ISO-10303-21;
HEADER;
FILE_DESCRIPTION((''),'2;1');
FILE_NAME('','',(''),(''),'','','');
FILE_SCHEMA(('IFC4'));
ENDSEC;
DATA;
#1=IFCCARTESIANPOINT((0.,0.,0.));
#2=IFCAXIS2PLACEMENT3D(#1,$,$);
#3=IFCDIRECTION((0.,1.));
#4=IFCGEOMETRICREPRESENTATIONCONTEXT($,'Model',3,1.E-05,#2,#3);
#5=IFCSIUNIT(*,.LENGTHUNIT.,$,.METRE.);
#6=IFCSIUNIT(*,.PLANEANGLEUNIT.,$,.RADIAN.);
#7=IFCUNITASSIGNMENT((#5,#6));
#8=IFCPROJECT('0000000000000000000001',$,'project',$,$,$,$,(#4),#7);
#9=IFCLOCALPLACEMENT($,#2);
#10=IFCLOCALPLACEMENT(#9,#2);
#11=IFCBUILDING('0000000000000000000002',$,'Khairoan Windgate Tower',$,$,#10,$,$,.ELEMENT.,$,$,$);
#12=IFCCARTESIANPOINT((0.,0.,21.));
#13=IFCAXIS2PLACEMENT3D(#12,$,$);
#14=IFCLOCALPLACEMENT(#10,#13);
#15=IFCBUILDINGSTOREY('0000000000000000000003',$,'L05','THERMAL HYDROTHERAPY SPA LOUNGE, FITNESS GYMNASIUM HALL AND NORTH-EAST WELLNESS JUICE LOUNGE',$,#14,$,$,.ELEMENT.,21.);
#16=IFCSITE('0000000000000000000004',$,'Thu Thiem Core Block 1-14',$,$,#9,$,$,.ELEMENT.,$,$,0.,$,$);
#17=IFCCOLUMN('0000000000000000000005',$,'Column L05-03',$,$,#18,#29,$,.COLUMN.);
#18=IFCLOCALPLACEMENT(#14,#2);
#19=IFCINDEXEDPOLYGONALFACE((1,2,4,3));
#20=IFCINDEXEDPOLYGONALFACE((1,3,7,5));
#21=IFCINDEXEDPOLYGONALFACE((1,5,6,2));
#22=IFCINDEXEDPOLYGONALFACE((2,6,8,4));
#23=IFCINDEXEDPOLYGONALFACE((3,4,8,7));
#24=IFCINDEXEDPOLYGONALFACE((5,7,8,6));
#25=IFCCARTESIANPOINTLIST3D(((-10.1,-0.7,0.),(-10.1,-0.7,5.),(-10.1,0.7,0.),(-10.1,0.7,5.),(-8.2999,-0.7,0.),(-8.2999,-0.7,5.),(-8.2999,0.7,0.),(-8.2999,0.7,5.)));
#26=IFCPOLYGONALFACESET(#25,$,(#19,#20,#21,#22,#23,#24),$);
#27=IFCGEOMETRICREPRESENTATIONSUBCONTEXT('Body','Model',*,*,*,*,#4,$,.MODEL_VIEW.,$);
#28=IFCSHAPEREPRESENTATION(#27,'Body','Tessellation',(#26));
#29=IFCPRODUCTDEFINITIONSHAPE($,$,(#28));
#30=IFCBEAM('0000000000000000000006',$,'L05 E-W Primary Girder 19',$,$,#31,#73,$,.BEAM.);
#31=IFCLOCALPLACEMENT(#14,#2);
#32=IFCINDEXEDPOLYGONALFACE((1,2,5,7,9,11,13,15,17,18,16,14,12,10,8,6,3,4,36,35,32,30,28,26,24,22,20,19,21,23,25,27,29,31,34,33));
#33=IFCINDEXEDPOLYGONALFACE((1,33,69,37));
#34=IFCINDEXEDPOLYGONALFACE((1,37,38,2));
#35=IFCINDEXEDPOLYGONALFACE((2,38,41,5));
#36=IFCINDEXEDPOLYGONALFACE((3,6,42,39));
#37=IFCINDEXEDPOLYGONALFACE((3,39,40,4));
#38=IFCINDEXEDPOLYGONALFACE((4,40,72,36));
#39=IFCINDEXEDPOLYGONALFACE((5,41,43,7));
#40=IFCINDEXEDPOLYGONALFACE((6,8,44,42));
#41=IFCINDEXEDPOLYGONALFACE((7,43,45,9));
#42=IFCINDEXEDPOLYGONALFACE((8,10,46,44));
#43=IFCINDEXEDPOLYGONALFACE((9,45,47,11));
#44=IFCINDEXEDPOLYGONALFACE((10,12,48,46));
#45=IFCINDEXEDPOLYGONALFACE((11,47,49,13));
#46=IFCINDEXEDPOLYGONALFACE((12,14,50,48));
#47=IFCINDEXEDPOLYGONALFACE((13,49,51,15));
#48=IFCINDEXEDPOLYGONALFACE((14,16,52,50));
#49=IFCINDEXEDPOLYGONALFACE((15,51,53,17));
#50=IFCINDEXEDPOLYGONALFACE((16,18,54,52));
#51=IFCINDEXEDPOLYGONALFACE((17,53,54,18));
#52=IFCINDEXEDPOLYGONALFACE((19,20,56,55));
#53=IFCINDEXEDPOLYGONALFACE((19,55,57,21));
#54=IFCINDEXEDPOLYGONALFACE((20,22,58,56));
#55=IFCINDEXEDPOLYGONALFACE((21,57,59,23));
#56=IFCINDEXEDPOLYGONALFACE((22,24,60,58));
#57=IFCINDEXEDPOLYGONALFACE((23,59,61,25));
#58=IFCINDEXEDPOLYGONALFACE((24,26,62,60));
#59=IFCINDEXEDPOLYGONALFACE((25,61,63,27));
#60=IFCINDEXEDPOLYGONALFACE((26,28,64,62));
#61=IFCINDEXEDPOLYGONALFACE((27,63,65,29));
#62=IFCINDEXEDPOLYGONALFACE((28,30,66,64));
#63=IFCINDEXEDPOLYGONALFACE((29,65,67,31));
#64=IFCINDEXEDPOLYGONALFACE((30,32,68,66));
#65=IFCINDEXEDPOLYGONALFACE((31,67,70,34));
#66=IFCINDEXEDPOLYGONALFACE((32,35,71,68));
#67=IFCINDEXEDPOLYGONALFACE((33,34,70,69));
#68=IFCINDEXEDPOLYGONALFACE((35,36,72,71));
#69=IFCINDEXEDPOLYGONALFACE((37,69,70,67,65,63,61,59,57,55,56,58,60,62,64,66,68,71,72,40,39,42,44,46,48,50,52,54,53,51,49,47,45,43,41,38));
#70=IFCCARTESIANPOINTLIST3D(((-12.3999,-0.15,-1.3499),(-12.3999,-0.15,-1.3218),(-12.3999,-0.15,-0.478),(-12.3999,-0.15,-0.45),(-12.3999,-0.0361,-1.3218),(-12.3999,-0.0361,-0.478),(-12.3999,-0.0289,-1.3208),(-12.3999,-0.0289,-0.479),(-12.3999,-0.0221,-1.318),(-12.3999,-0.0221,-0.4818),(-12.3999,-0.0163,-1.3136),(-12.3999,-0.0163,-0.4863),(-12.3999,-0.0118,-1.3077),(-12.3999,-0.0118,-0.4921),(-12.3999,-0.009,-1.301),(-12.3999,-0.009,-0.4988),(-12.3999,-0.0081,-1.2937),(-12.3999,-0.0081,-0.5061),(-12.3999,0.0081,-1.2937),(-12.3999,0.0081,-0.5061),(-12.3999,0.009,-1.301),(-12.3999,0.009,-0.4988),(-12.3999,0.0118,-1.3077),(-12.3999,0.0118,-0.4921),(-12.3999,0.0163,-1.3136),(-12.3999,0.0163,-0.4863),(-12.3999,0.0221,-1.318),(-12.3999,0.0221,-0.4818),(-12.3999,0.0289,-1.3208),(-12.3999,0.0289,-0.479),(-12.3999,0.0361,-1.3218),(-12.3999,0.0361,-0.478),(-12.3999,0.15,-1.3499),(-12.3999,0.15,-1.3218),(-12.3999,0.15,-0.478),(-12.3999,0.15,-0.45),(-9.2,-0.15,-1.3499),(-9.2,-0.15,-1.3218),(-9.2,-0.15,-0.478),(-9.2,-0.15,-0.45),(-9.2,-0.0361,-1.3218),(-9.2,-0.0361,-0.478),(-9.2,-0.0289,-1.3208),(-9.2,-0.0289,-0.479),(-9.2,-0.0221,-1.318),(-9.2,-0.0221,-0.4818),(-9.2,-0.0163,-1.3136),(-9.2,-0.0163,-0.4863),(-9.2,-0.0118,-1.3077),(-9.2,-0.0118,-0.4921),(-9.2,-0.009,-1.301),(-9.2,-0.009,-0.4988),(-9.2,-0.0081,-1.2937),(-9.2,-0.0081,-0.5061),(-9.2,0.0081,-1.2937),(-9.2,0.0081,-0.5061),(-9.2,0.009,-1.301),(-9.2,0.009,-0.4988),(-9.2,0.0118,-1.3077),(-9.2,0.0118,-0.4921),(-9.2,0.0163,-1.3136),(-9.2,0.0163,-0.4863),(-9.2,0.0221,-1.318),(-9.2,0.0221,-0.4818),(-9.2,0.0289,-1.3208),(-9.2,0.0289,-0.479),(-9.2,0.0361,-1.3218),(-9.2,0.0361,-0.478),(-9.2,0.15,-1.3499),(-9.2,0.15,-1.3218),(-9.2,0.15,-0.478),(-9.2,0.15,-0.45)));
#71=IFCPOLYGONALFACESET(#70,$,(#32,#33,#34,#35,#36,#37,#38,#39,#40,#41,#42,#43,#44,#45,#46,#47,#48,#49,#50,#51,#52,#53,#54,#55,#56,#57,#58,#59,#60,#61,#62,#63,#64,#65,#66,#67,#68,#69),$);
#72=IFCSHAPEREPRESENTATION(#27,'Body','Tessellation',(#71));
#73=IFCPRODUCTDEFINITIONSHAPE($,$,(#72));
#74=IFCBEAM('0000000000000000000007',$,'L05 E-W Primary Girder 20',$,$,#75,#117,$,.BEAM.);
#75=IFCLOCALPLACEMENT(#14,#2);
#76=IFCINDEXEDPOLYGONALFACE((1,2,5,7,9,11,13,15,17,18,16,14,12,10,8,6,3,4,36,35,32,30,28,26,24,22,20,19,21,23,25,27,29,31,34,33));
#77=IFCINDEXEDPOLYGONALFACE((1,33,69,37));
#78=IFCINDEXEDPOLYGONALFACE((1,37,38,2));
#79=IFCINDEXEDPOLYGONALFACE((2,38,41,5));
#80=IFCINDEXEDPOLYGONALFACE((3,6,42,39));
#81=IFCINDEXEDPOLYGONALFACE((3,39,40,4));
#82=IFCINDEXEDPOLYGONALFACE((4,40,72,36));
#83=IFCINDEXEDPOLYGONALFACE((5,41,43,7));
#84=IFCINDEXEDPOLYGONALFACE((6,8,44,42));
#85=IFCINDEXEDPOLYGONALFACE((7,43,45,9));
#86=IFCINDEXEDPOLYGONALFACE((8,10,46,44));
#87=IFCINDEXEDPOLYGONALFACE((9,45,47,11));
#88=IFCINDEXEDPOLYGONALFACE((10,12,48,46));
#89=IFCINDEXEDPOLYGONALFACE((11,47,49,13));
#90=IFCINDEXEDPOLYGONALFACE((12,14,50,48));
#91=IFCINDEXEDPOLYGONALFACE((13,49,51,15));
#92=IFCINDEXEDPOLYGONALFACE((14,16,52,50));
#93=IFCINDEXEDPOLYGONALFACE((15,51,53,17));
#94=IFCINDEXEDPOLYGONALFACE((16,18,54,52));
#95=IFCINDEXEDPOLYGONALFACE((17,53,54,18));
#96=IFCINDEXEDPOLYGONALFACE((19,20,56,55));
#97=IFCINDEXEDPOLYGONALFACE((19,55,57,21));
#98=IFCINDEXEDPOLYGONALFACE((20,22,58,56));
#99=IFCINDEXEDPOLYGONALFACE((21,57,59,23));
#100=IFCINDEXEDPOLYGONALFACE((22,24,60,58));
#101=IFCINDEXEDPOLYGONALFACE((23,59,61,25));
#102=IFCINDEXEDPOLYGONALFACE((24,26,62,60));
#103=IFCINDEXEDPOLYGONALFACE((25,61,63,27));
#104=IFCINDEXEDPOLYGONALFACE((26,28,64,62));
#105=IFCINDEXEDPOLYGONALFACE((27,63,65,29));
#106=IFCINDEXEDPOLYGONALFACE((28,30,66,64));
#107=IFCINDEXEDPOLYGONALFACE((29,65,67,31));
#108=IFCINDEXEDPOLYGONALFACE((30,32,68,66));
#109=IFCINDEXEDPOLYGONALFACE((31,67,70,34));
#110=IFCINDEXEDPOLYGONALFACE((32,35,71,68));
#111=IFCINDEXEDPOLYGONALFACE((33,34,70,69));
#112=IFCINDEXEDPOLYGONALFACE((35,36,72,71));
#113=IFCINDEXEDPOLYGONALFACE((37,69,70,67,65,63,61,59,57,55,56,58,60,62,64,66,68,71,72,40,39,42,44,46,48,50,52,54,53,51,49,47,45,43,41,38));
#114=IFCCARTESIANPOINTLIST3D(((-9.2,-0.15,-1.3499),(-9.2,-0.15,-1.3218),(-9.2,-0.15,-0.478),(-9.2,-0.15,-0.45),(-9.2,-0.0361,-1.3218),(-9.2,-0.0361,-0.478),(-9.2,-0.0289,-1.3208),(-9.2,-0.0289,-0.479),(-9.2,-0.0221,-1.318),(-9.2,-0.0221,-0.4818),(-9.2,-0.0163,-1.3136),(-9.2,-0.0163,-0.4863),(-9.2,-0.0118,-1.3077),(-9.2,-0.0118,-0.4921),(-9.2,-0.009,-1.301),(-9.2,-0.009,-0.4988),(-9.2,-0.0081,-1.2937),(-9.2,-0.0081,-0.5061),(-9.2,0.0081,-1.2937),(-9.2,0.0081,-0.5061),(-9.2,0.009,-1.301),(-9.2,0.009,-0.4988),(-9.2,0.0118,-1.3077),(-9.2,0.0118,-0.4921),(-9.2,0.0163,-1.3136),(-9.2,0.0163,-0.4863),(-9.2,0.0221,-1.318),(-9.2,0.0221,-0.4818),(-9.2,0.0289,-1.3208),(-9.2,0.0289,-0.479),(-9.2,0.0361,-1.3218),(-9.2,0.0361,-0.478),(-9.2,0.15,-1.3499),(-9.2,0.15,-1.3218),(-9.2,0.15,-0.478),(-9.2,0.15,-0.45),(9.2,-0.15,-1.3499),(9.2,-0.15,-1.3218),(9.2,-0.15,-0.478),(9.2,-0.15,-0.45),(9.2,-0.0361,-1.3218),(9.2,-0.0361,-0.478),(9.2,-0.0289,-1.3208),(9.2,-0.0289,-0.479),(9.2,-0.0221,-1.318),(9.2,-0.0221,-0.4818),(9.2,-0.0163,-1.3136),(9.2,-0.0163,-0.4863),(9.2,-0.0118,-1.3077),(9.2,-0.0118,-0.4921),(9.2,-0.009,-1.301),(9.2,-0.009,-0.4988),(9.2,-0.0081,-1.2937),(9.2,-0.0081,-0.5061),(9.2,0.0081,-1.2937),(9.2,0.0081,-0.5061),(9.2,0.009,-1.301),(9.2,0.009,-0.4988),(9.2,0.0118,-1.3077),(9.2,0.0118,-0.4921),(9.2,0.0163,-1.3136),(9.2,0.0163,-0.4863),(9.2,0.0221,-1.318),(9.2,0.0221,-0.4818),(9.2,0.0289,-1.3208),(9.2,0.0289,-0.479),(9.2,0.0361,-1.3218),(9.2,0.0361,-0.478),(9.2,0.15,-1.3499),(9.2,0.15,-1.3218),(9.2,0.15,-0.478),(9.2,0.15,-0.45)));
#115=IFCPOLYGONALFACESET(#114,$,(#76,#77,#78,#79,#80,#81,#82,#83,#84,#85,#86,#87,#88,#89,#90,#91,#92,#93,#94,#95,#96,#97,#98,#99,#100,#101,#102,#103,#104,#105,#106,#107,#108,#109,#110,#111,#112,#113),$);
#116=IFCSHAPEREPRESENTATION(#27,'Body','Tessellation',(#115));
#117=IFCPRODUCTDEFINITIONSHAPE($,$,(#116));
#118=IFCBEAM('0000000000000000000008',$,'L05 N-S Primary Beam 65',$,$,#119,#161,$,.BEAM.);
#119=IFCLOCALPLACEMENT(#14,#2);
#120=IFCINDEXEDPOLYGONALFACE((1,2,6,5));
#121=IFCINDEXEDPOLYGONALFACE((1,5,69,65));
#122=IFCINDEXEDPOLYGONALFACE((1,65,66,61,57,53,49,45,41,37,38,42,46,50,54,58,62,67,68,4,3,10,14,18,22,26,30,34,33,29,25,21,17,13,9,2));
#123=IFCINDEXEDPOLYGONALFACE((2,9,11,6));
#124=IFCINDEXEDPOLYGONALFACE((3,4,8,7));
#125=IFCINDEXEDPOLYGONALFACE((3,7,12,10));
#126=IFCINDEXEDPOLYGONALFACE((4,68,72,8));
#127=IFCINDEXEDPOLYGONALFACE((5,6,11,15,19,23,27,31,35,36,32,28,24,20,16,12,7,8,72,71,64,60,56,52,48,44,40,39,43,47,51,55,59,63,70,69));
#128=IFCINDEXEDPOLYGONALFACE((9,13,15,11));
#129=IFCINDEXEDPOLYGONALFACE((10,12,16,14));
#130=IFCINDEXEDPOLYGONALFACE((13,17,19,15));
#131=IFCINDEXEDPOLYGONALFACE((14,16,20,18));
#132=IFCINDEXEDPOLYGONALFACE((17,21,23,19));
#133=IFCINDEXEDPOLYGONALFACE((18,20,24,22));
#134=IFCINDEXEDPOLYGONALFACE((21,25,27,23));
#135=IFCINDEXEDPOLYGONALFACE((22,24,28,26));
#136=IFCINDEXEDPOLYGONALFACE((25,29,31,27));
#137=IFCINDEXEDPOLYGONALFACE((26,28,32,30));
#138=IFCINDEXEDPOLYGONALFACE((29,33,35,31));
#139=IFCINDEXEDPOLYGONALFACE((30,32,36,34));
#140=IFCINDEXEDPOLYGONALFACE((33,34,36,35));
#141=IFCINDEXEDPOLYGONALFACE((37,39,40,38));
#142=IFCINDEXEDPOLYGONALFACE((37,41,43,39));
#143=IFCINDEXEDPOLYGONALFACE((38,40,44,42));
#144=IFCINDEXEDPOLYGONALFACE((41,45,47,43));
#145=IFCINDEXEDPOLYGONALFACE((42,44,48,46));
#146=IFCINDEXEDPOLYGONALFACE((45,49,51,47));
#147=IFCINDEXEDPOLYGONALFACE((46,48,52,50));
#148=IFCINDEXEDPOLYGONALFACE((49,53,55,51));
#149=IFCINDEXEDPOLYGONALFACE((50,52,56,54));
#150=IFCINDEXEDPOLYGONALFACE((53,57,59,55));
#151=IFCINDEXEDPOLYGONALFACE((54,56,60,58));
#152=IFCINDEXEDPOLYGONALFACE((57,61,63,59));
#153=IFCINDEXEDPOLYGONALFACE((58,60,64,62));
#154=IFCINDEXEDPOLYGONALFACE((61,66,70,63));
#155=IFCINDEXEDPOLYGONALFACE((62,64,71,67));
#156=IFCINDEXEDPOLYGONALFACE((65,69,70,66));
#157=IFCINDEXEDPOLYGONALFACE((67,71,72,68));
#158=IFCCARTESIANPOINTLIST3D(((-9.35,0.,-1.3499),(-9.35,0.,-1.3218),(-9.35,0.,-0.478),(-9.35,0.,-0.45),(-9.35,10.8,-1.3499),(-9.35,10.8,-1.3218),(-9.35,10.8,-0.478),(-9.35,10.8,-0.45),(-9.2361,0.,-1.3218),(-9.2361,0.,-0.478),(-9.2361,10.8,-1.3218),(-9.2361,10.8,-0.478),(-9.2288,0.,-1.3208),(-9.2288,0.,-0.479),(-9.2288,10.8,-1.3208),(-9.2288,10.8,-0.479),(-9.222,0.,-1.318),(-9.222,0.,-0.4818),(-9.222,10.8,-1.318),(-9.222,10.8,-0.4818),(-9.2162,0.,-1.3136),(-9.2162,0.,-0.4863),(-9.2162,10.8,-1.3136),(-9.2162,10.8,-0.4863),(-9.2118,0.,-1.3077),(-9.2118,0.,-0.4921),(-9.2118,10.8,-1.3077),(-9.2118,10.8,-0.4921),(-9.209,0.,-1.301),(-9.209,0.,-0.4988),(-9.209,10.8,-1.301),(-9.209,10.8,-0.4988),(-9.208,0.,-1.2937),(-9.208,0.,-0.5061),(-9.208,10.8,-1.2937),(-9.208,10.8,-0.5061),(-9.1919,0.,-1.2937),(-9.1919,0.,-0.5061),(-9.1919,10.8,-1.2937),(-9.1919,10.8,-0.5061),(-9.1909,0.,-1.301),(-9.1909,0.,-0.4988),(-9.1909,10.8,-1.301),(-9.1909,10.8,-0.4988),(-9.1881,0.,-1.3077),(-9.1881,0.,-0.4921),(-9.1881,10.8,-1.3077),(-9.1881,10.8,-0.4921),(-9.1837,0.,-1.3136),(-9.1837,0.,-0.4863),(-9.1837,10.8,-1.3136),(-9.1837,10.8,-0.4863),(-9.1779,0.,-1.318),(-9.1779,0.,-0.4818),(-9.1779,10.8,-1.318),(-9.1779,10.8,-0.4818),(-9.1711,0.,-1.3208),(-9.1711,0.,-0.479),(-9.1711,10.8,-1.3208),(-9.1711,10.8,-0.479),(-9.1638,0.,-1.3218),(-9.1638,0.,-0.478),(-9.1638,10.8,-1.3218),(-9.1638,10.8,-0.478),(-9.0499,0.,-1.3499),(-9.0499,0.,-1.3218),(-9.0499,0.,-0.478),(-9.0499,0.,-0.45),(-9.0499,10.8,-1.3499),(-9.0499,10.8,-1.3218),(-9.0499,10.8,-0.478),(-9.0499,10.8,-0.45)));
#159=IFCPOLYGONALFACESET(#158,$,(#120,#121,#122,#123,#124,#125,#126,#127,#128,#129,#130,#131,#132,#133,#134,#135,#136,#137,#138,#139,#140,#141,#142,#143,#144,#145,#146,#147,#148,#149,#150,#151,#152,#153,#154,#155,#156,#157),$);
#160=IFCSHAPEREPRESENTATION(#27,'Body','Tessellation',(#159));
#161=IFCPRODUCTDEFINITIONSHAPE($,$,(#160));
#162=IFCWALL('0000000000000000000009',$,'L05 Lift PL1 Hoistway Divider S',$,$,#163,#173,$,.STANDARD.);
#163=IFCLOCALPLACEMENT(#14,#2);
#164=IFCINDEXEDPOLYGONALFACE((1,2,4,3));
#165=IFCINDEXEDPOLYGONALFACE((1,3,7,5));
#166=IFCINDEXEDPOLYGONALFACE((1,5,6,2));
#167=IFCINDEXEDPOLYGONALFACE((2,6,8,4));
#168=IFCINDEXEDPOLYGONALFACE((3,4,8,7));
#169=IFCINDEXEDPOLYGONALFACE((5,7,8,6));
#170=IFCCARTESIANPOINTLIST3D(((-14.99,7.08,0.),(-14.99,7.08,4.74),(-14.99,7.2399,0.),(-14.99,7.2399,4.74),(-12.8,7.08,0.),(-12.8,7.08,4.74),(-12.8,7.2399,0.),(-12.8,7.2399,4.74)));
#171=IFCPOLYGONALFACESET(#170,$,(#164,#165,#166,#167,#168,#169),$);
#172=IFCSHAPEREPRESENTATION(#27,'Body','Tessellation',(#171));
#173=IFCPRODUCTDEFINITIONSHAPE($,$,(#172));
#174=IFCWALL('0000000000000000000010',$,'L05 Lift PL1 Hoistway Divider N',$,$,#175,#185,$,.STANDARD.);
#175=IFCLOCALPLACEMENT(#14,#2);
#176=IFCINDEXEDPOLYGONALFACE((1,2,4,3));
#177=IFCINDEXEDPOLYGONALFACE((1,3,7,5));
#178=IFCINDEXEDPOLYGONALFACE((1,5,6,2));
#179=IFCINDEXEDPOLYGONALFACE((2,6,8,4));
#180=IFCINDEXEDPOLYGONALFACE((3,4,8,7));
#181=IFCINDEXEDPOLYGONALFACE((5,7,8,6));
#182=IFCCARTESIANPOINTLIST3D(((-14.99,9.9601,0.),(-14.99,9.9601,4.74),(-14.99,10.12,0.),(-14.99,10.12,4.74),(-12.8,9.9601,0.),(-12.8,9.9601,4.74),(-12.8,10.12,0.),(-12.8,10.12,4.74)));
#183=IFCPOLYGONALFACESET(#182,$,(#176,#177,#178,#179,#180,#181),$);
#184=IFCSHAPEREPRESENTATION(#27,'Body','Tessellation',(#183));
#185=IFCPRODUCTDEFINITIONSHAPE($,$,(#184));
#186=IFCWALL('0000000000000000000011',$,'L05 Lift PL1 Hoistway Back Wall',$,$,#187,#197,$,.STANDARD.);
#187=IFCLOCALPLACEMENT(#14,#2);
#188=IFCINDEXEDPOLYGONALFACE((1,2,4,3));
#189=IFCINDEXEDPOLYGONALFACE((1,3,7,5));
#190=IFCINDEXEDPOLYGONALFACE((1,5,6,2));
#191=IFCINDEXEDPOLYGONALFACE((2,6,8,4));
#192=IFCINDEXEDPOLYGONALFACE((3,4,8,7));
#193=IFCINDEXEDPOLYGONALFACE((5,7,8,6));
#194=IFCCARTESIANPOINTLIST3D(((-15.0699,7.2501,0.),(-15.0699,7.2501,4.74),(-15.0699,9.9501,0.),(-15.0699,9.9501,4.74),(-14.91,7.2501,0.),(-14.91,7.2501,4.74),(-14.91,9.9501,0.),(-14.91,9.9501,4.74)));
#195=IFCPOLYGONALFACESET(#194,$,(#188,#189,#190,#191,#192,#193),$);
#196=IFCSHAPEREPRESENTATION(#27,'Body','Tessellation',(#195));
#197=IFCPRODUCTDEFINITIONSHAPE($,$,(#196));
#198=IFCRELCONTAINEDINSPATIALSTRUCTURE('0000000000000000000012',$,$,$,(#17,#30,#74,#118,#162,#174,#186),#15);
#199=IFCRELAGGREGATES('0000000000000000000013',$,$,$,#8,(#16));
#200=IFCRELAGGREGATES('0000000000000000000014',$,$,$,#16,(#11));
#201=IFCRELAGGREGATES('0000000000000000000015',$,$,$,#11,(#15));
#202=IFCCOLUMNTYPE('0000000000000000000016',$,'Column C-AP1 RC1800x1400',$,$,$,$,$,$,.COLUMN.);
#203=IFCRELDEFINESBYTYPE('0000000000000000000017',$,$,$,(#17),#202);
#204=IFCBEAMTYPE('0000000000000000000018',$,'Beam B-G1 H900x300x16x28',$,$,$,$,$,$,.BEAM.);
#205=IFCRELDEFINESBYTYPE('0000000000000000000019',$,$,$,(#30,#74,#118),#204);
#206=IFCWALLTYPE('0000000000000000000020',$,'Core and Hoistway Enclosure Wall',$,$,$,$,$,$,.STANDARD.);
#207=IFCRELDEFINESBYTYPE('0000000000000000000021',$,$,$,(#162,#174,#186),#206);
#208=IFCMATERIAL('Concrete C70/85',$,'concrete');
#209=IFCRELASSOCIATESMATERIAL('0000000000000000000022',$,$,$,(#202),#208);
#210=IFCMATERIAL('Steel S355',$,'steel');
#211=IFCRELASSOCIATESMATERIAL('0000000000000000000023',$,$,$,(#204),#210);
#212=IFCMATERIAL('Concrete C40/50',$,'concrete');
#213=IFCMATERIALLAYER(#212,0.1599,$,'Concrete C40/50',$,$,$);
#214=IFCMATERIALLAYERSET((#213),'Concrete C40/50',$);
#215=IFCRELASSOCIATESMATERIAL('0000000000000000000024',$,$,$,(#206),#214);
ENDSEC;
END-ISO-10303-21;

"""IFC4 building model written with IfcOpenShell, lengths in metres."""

from ifc_helpers import new_model, si_unit, direction, frame, frame_2d, origin, origin_2d, place, context, subcontext, project, spatial, rectangle, i_section, extrude, material, layer, layer_set, material_profile, profile_set, type_object, element, save


model = new_model("IFC4")

# Units and contexts
model_context = context("Model", 3, precision=1e-05, world=origin(), true_north=direction((0.0, 1.0)))
body_context = subcontext(model_context, "Body", "Model", "MODEL_VIEW")
ifc_project = project(units=[si_unit("LENGTHUNIT", "METRE"), si_unit("PLANEANGLEUNIT", "RADIAN")], contexts=[model_context])

# Site, building, storey
site_placement = place(None, origin())
site = spatial("IfcSite", under=ifc_project, at=site_placement, Name="Thu Thiem Core Block 1-14", CompositionType="ELEMENT", RefElevation=0.0)
building_placement = place(site_placement, origin())
building = spatial("IfcBuilding", under=site, at=building_placement, Name="Khairoan Windgate Tower", CompositionType="ELEMENT")
storey_placement = place(building_placement, frame((0.0, 0.0, 21.0)))
storey = spatial("IfcBuildingStorey", under=building, at=storey_placement, Name="L05", Description="THERMAL HYDROTHERAPY SPA LOUNGE, FITNESS GYMNASIUM HALL AND NORTH-EAST WELLNESS JUICE LOUNGE", CompositionType="ELEMENT", Elevation=21.0)

# Column
ifc_material_1 = material(Name="Concrete C70/85", Category="concrete")
ifc_material_profile_1 = material_profile(ifc_material_1, rectangle(XDim=1.8, YDim=1.3999, at=origin_2d()))
ifc_profile_set_1 = profile_set([ifc_material_profile_1], Name="Concrete C70/85")
column_type = type_object("IfcColumnType", Name="Column C-AP1 RC1800x1400", PredefinedType="COLUMN", material=ifc_profile_set_1)
column_placement = place(storey_placement, frame((-9.2, 0.0, 0.0), z_axis=(0.0, 0.0, 1.0), x_axis=(1.0, 0.0, 0.0)))
element("IfcColumn", 1, at=column_placement, inside=storey, type_object=column_type, Name="Column L05-03", PredefinedType="COLUMN", context=body_context, shape_type="SweptSolid", body=[
    extrude(rectangle(XDim=1.8, YDim=1.3999, at=origin_2d()), origin(), (0.0, 0.0, 1.0), 5.0),
])

# Beams
ifc_material_2 = material(Name="Steel S355", Category="steel")
ifc_material_profile_2 = material_profile(ifc_material_2, i_section(OverallWidth=0.3, OverallDepth=0.8999, WebThickness=0.0161, FlangeThickness=0.0281, FilletRadius=0.0281, at=origin_2d()))
ifc_profile_set_2 = profile_set([ifc_material_profile_2], Name="Steel S355")
beam_type = type_object("IfcBeamType", Name="Beam B-G1 H900x300x16x28", PredefinedType="BEAM", material=ifc_profile_set_2)
beam_1_placement = place(storey_placement, frame((-12.3999, 0.0, -0.8999), z_axis=(1.0, 0.0, 0.0), x_axis=(0.0, 1.0, 0.0)))
element("IfcBeam", 2, at=beam_1_placement, inside=storey, type_object=beam_type, Name="L05 E-W Primary Girder 19", PredefinedType="BEAM", context=body_context, shape_type="SweptSolid", body=[
    extrude(i_section(OverallWidth=0.3, OverallDepth=0.8999, WebThickness=0.0161, FlangeThickness=0.0281, FilletRadius=0.0281, at=origin_2d()), origin(), (0.0, 0.0, 1.0), 3.2),
])
beam_2_placement = place(storey_placement, frame((-9.2, 0.0, -0.8999), z_axis=(1.0, 0.0, 0.0), x_axis=(0.0, 1.0, 0.0)))
element("IfcBeam", 3, at=beam_2_placement, inside=storey, type_object=beam_type, Name="L05 E-W Primary Girder 20", PredefinedType="BEAM", context=body_context, shape_type="SweptSolid", body=[
    extrude(i_section(OverallWidth=0.3, OverallDepth=0.8999, WebThickness=0.0161, FlangeThickness=0.0281, FilletRadius=0.0281, at=origin_2d()), origin(), (0.0, 0.0, 1.0), 18.3999),
])
beam_3_placement = place(storey_placement, frame((-9.2, 0.0, -0.8999), z_axis=(0.0, 1.0, 0.0), x_axis=(-1.0, 0.0, 0.0)))
element("IfcBeam", 4, at=beam_3_placement, inside=storey, type_object=beam_type, Name="L05 N-S Primary Beam 65", PredefinedType="BEAM", context=body_context, shape_type="SweptSolid", body=[
    extrude(i_section(OverallWidth=0.3, OverallDepth=0.8999, WebThickness=0.0161, FlangeThickness=0.0281, FilletRadius=0.0281, at=origin_2d()), origin(), (0.0, 0.0, 1.0), 10.8),
])

# Walls
ifc_material_3 = material(Name="Concrete C40/50", Category="concrete")
ifc_layer_1 = layer(ifc_material_3, 0.1599, Name="Concrete C40/50")
ifc_layer_set_1 = layer_set([ifc_layer_1], Name="Concrete C40/50")
wall_type_1 = type_object("IfcWallType", Name="Core and Hoistway Enclosure Wall", PredefinedType="STANDARD", material=ifc_layer_set_1)
for number, where, z_axis, x_axis, name in (
    (5, (-14.99, 7.1599, 0.0), (0.0, 0.0, 1.0), (1.0, 0.0, 0.0), "L05 Lift PL1 Hoistway Divider S"),
    (6, (-14.99, 10.04, 0.0), (0.0, 0.0, 1.0), (1.0, 0.0, 0.0), "L05 Lift PL1 Hoistway Divider N"),
):
    element("IfcWall", number, at=place(storey_placement, frame(where, z_axis=z_axis, x_axis=x_axis)), inside=storey, type_object=wall_type_1, Name=name, PredefinedType="STANDARD", context=body_context, shape_type="SweptSolid", body=[
        extrude(rectangle(XDim=2.1899, YDim=0.1599, at=frame_2d((1.095, 0.0))), origin(), (0.0, 0.0, 1.0), 4.74),
    ])
wall_1_placement = place(storey_placement, frame((-14.99, 7.25, 0.0), z_axis=(0.0, 0.0, 1.0), x_axis=(0.0, 1.0, 0.0)))
element("IfcWall", 7, at=wall_1_placement, inside=storey, type_object=wall_type_1, Name="L05 Lift PL1 Hoistway Back Wall", PredefinedType="STANDARD", context=body_context, shape_type="SweptSolid", body=[
    extrude(rectangle(XDim=2.7, YDim=0.1599, at=frame_2d((1.3501, 0.0))), origin(), (0.0, 0.0, 1.0), 4.74),
])

save(model, "model.ifc")
